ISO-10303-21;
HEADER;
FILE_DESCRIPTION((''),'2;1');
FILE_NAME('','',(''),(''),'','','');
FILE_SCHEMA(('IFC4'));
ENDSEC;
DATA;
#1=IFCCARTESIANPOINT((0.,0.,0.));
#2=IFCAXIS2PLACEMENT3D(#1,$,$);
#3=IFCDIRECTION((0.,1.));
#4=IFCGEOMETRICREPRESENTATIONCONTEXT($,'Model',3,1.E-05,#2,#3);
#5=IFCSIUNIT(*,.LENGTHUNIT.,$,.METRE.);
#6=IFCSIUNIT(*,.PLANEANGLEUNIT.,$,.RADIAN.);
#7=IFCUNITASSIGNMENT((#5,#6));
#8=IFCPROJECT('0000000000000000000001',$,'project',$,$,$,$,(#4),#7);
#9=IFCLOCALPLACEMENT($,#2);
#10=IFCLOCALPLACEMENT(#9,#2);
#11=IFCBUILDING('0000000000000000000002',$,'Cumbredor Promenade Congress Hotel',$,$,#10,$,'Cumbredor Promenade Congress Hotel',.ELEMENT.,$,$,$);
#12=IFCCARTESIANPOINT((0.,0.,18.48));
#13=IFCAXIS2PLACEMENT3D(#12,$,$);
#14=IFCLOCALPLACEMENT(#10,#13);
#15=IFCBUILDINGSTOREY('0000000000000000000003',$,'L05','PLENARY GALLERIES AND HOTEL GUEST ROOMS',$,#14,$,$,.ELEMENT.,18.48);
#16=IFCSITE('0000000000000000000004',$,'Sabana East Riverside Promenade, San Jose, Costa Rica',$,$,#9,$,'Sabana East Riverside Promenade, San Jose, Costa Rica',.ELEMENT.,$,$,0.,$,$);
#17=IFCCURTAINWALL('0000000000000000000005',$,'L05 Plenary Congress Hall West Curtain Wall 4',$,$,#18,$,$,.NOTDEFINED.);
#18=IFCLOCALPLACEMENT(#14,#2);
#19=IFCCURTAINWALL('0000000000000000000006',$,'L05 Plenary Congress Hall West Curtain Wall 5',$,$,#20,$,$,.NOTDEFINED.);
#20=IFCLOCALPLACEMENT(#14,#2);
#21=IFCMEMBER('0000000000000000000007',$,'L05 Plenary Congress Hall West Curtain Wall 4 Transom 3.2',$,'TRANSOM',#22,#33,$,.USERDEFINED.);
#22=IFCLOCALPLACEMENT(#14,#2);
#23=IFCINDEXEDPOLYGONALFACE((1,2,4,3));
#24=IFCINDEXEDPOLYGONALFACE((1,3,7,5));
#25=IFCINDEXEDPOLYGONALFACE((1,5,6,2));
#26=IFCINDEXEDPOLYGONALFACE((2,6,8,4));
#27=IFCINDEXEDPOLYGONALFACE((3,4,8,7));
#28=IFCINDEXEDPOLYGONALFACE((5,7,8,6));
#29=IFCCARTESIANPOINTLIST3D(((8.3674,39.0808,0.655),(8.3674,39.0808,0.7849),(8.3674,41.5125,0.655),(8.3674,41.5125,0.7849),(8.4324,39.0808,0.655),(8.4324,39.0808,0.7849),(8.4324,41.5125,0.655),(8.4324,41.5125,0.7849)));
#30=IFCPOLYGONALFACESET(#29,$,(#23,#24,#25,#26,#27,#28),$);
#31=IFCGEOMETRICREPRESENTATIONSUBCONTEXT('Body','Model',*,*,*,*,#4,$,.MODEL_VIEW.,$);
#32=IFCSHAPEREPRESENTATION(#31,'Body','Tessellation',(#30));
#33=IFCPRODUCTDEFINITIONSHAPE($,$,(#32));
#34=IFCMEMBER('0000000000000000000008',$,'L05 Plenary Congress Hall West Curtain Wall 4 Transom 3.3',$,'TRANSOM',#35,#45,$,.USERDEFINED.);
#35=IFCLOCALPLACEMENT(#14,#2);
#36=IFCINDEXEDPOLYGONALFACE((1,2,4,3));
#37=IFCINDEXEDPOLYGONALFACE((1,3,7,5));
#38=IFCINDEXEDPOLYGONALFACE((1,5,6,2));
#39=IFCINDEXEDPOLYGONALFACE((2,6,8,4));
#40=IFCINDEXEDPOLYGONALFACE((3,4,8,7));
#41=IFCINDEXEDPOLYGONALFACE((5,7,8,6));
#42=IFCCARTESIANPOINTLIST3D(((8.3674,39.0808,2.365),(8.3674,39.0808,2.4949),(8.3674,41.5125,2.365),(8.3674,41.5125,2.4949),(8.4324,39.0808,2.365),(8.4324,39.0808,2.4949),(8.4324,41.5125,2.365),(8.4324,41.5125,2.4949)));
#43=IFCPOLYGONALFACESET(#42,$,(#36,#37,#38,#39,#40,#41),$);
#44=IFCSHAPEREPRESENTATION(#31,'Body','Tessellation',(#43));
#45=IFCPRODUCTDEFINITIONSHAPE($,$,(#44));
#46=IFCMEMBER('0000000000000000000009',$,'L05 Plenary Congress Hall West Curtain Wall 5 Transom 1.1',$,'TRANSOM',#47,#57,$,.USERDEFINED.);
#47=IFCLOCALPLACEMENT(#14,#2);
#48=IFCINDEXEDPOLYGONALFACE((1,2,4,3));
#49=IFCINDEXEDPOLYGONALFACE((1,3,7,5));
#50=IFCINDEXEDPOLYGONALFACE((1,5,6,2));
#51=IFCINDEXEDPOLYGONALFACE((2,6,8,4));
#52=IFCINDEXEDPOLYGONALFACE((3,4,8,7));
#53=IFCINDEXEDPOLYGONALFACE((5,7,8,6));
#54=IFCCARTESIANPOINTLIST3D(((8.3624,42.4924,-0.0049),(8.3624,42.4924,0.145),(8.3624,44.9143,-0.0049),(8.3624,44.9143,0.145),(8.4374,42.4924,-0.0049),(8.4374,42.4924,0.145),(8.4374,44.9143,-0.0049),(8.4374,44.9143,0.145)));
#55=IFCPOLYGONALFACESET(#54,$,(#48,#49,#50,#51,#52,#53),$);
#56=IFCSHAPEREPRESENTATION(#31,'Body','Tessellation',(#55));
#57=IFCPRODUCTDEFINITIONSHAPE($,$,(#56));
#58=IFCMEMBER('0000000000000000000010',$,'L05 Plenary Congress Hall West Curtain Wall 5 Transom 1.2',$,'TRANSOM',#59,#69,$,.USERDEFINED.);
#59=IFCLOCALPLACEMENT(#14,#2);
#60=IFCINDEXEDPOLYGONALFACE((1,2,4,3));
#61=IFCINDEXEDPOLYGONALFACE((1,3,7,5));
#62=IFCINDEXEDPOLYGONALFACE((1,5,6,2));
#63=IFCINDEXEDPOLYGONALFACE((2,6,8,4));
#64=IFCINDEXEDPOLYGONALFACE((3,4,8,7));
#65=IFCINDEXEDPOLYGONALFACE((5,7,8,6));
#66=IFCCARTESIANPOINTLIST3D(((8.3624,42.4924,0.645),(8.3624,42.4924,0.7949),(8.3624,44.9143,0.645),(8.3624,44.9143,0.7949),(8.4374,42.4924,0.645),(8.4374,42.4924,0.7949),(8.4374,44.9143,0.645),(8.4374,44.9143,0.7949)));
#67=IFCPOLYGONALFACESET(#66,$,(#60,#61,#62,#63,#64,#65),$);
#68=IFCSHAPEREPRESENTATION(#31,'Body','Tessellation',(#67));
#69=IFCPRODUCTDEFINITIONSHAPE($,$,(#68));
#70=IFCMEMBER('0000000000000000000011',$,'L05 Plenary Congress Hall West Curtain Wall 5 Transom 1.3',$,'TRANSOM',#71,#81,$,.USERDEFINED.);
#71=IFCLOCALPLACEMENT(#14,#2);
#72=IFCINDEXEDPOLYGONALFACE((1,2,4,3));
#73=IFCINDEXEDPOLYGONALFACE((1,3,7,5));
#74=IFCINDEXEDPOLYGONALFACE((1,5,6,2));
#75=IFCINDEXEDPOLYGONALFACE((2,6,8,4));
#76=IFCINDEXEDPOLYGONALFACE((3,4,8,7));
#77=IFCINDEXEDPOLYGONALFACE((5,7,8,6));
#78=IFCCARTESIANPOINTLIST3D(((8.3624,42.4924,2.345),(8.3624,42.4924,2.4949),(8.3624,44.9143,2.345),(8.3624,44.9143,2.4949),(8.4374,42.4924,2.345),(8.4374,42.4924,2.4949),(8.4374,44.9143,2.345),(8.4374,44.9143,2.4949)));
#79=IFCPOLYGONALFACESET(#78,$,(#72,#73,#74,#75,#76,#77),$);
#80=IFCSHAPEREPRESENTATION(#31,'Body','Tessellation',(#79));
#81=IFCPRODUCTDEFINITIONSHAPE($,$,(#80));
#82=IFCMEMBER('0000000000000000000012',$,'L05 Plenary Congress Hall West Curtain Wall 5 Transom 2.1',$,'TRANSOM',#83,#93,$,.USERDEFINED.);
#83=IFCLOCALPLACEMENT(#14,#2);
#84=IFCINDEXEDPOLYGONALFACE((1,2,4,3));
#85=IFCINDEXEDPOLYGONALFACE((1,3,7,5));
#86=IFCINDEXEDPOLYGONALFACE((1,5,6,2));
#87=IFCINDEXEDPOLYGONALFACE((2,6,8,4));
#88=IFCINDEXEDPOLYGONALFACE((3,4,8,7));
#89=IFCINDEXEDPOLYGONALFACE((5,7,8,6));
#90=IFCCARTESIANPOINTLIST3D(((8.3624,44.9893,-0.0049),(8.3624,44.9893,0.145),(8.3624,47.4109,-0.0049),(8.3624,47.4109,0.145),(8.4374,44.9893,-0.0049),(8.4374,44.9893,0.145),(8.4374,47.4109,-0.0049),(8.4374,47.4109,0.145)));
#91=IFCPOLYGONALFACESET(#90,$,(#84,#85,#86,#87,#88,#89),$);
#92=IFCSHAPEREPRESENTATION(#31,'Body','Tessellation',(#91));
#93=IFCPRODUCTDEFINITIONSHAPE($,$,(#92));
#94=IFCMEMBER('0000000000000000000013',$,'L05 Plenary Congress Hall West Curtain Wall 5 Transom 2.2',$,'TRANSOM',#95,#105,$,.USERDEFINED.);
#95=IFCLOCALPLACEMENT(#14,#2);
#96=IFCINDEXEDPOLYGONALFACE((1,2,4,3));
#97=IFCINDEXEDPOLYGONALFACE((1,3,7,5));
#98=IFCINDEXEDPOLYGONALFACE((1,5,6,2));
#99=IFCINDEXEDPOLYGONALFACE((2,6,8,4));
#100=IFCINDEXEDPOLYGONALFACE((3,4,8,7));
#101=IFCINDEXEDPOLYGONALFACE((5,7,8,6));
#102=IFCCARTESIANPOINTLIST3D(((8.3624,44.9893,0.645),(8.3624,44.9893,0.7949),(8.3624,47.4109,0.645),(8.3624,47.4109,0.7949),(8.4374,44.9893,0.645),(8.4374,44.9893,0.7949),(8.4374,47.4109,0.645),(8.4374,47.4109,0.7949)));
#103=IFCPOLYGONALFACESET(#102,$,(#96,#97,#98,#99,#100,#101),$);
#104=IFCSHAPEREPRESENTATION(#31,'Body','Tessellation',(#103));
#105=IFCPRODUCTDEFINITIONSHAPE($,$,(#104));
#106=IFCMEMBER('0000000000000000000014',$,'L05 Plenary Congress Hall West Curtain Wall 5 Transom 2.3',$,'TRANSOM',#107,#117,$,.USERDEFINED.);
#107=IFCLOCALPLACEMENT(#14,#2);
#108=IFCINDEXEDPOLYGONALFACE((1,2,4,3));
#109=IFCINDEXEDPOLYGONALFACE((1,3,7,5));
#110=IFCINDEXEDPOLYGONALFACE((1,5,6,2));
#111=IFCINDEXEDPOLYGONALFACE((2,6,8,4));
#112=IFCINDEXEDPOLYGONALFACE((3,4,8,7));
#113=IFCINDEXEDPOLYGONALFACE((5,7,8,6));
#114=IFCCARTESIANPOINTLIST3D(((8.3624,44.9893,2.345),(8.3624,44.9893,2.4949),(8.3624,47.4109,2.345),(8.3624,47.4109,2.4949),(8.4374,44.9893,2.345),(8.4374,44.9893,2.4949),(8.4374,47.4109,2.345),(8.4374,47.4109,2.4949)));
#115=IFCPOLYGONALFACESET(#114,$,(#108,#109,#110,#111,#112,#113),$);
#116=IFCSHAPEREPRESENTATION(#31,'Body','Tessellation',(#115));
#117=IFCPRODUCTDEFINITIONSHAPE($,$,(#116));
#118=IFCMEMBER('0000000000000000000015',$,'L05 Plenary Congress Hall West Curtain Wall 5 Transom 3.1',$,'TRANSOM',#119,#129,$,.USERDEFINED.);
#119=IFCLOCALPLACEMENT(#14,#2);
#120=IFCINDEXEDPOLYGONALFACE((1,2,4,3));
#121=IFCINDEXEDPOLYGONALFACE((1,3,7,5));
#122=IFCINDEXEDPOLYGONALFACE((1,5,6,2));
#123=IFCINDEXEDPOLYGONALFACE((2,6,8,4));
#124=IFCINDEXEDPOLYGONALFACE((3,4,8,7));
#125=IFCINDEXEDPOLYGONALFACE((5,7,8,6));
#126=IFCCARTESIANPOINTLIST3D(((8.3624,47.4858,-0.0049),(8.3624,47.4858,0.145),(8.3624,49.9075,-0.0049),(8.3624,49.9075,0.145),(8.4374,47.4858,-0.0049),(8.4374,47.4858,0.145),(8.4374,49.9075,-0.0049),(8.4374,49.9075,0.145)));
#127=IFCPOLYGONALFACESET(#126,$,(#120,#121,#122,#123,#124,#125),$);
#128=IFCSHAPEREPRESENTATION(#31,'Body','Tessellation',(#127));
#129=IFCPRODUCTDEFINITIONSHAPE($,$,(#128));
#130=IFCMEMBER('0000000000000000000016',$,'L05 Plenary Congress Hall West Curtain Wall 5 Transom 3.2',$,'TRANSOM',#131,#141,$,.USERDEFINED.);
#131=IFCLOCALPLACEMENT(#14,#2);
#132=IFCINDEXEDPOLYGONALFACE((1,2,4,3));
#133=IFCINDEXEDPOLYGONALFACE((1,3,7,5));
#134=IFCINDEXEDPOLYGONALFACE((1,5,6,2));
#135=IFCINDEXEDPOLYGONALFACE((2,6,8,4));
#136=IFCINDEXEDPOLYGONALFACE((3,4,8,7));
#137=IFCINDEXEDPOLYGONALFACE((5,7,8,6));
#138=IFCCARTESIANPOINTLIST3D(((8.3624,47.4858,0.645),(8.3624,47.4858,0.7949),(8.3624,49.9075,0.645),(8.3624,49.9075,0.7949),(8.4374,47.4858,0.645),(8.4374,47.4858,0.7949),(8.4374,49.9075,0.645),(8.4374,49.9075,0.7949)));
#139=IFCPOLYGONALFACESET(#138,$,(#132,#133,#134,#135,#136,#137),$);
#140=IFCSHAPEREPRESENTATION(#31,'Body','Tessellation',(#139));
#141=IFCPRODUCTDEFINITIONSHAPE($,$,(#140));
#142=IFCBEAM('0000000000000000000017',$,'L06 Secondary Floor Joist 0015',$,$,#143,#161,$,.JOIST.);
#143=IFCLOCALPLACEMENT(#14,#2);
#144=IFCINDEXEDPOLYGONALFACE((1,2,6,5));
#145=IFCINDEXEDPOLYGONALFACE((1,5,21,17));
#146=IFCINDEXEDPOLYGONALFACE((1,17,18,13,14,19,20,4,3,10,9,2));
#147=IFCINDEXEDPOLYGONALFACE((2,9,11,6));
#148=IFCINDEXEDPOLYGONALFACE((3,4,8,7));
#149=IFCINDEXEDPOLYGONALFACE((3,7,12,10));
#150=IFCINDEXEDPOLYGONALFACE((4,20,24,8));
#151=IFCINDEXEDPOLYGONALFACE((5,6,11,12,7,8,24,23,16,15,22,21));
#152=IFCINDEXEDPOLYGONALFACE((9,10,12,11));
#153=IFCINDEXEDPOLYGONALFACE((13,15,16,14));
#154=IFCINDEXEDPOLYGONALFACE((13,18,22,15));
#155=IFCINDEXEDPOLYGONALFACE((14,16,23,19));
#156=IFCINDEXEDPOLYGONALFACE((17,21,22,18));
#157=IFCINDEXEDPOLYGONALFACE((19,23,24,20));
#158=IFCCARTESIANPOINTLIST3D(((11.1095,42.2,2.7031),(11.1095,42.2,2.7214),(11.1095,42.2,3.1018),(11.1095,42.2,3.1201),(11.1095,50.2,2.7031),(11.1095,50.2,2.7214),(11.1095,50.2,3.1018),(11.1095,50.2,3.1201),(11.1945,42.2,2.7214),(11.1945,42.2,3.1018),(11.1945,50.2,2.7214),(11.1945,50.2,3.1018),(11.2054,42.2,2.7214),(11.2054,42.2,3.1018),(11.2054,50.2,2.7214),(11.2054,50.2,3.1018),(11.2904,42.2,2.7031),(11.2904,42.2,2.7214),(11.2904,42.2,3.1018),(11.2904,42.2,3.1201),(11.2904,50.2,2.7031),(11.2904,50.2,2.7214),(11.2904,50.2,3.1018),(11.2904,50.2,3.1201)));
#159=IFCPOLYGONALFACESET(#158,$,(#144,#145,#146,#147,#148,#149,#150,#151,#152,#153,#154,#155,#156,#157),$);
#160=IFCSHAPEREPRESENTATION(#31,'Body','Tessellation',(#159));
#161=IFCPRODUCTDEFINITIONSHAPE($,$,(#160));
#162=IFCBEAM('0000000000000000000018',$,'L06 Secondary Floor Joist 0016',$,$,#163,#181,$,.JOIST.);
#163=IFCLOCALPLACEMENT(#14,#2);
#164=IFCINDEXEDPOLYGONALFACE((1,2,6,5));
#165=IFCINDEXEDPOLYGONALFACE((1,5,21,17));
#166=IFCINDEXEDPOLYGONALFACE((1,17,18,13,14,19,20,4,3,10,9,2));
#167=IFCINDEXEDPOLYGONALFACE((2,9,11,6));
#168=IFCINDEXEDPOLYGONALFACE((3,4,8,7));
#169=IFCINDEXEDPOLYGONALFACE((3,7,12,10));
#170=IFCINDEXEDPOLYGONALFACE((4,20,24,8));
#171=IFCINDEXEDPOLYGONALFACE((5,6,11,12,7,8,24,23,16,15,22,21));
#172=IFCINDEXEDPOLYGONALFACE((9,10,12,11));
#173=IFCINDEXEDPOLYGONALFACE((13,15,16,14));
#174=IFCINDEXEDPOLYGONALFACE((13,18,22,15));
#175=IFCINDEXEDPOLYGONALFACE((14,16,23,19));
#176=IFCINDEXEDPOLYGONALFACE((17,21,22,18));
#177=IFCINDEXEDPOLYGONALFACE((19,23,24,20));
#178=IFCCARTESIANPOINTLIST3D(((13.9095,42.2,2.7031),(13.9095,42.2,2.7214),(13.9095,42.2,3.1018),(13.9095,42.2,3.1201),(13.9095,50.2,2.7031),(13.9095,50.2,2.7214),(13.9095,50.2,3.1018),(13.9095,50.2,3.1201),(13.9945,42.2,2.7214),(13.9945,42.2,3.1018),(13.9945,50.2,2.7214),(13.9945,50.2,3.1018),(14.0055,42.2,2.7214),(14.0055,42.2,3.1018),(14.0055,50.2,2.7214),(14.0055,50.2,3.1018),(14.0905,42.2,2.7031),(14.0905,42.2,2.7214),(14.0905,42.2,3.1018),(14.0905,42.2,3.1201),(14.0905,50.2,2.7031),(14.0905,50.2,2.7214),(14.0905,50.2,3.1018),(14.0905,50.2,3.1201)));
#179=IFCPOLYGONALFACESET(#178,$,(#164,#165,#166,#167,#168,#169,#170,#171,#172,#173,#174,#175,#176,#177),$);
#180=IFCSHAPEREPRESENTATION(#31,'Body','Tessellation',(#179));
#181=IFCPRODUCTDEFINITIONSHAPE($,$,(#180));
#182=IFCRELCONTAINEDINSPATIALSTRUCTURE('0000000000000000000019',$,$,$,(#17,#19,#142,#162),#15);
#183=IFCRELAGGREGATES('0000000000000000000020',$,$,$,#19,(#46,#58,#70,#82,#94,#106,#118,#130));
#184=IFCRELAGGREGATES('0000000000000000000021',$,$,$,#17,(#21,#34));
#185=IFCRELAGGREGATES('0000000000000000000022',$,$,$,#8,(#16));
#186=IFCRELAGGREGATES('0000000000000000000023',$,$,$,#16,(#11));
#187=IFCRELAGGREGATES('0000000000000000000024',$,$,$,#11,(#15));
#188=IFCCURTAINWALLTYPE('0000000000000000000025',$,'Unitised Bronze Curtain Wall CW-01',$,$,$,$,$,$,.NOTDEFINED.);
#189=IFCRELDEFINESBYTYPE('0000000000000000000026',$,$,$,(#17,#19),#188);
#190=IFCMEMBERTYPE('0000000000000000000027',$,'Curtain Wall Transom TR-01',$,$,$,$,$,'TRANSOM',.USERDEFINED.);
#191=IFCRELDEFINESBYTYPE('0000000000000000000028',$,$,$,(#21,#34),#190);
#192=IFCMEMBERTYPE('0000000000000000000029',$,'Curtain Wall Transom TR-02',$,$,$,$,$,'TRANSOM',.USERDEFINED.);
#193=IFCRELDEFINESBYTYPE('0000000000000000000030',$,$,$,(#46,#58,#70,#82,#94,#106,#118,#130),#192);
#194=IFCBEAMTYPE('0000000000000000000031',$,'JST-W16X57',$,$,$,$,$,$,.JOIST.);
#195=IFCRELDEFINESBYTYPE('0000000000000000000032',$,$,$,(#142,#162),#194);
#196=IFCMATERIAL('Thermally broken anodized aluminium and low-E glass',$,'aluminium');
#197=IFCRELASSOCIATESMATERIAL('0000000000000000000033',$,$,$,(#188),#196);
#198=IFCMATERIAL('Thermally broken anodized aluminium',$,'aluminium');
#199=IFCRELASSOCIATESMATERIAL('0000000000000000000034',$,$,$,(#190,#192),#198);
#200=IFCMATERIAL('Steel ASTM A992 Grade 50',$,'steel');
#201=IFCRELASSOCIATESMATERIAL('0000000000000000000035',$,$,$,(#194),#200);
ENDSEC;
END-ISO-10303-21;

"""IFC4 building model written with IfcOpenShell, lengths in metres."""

from ifc_helpers import new_model, si_unit, direction, frame, origin, origin_2d, place, context, subcontext, project, spatial, rectangle, i_section, extrude, material, material_profile, profile_set, type_object, element, aggregate, save


model = new_model("IFC4")

# Units and contexts
model_context = context("Model", 3, precision=1e-05, world=origin(), true_north=direction((0.0, 1.0)))
body_context = subcontext(model_context, "Body", "Model", "MODEL_VIEW")
ifc_project = project(units=[si_unit("LENGTHUNIT", "METRE"), si_unit("PLANEANGLEUNIT", "RADIAN")], contexts=[model_context])

# Site, building, storey
site_placement = place(None, origin())
site = spatial("IfcSite", under=ifc_project, at=site_placement, Name="Sabana East Riverside Promenade, San Jose, Costa Rica", LongName="Sabana East Riverside Promenade, San Jose, Costa Rica", CompositionType="ELEMENT", RefElevation=0.0)
building_placement = place(site_placement, origin())
building = spatial("IfcBuilding", under=site, at=building_placement, Name="Cumbredor Promenade Congress Hotel", LongName="Cumbredor Promenade Congress Hotel", CompositionType="ELEMENT")
storey_placement = place(building_placement, frame((0.0, 0.0, 18.48)))
storey = spatial("IfcBuildingStorey", under=building, at=storey_placement, Name="L05", Description="PLENARY GALLERIES AND HOTEL GUEST ROOMS", CompositionType="ELEMENT", Elevation=18.48)

# Curtain walls
ifc_material_1 = material(Name="Thermally broken anodized aluminium and low-E glass", Category="aluminium")
curtain_wall_type = type_object("IfcCurtainWallType", Name="Unitised Bronze Curtain Wall CW-01", PredefinedType="NOTDEFINED", material=ifc_material_1)
curtain_wall_1_placement = place(storey_placement, origin())
curtain_wall_1 = element("IfcCurtainWall", 1, at=curtain_wall_1_placement, inside=storey, type_object=curtain_wall_type, Name="L05 Plenary Congress Hall West Curtain Wall 4", PredefinedType="NOTDEFINED")
ifc_material_2 = material(Name="Thermally broken anodized aluminium", Category="aluminium")
curtain_wall_2_placement = place(storey_placement, origin())
curtain_wall_2 = element("IfcCurtainWall", 2, at=curtain_wall_2_placement, inside=storey, type_object=curtain_wall_type, Name="L05 Plenary Congress Hall West Curtain Wall 5", PredefinedType="NOTDEFINED")

# Members
ifc_material_profile_1 = material_profile(ifc_material_2, rectangle(XDim=0.0649, YDim=0.1299, at=origin_2d()), Name="ALU TRANSOM 65x130")
ifc_profile_set_1 = profile_set([ifc_material_profile_1], Name="Thermally broken anodized aluminium")
member_type_1 = type_object("IfcMemberType", Name="Curtain Wall Transom TR-01", ElementType="TRANSOM", PredefinedType="USERDEFINED", material=ifc_profile_set_1)
member_1_placement = place(storey_placement, frame((8.3999, 39.0808, 0.72), z_axis=(0.0, 1.0, 0.0), x_axis=(-1.0, 0.0, 0.0)))
member_1 = element("IfcMember", 3, at=member_1_placement, type_object=member_type_1, Name="L05 Plenary Congress Hall West Curtain Wall 4 Transom 3.2", ObjectType="TRANSOM", PredefinedType="USERDEFINED", context=body_context, shape_type="SweptSolid", body=[
    extrude(rectangle(XDim=0.0649, YDim=0.1299, at=origin_2d()), origin(), (0.0, 0.0, 1.0), 2.4316),
])
member_2_placement = place(storey_placement, frame((8.3999, 39.0808, 2.4299), z_axis=(0.0, 1.0, 0.0), x_axis=(-1.0, 0.0, 0.0)))
member_2 = element("IfcMember", 4, at=member_2_placement, type_object=member_type_1, Name="L05 Plenary Congress Hall West Curtain Wall 4 Transom 3.3", ObjectType="TRANSOM", PredefinedType="USERDEFINED", context=body_context, shape_type="SweptSolid", body=[
    extrude(rectangle(XDim=0.0649, YDim=0.1299, at=origin_2d()), origin(), (0.0, 0.0, 1.0), 2.4316),
])
ifc_material_profile_2 = material_profile(ifc_material_2, rectangle(XDim=0.075, YDim=0.1499, at=origin_2d()), Name="ALU TRANSOM 75x150")
ifc_profile_set_2 = profile_set([ifc_material_profile_2], Name="Thermally broken anodized aluminium")
member_type_2 = type_object("IfcMemberType", Name="Curtain Wall Transom TR-02", ElementType="TRANSOM", PredefinedType="USERDEFINED", material=ifc_profile_set_2)
member_3_placement = place(storey_placement, frame((8.3999, 42.4924, 0.0701), z_axis=(0.0, 1.0, 0.0), x_axis=(-1.0, 0.0, 0.0)))
member_3 = element("IfcMember", 5, at=member_3_placement, type_object=member_type_2, Name="L05 Plenary Congress Hall West Curtain Wall 5 Transom 1.1", ObjectType="TRANSOM", PredefinedType="USERDEFINED", context=body_context, shape_type="SweptSolid", body=[
    extrude(rectangle(XDim=0.075, YDim=0.1499, at=origin_2d()), origin(), (0.0, 0.0, 1.0), 2.4219),
])
member_4_placement = place(storey_placement, frame((8.3999, 42.4924, 0.72), z_axis=(0.0, 1.0, 0.0), x_axis=(-1.0, 0.0, 0.0)))
member_4 = element("IfcMember", 6, at=member_4_placement, type_object=member_type_2, Name="L05 Plenary Congress Hall West Curtain Wall 5 Transom 1.2", ObjectType="TRANSOM", PredefinedType="USERDEFINED", context=body_context, shape_type="SweptSolid", body=[
    extrude(rectangle(XDim=0.075, YDim=0.1499, at=origin_2d()), origin(), (0.0, 0.0, 1.0), 2.4219),
])
member_5_placement = place(storey_placement, frame((8.3999, 42.4924, 2.4199), z_axis=(0.0, 1.0, 0.0), x_axis=(-1.0, 0.0, 0.0)))
member_5 = element("IfcMember", 7, at=member_5_placement, type_object=member_type_2, Name="L05 Plenary Congress Hall West Curtain Wall 5 Transom 1.3", ObjectType="TRANSOM", PredefinedType="USERDEFINED", context=body_context, shape_type="SweptSolid", body=[
    extrude(rectangle(XDim=0.075, YDim=0.1499, at=origin_2d()), origin(), (0.0, 0.0, 1.0), 2.4219),
])
member_6_placement = place(storey_placement, frame((8.3999, 44.9893, 0.0701), z_axis=(0.0, 1.0, 0.0), x_axis=(-1.0, 0.0, 0.0)))
member_6 = element("IfcMember", 8, at=member_6_placement, type_object=member_type_2, Name="L05 Plenary Congress Hall West Curtain Wall 5 Transom 2.1", ObjectType="TRANSOM", PredefinedType="USERDEFINED", context=body_context, shape_type="SweptSolid", body=[
    extrude(rectangle(XDim=0.075, YDim=0.1499, at=origin_2d()), origin(), (0.0, 0.0, 1.0), 2.4216),
])
member_7_placement = place(storey_placement, frame((8.3999, 44.9893, 0.72), z_axis=(0.0, 1.0, 0.0), x_axis=(-1.0, 0.0, 0.0)))
member_7 = element("IfcMember", 9, at=member_7_placement, type_object=member_type_2, Name="L05 Plenary Congress Hall West Curtain Wall 5 Transom 2.2", ObjectType="TRANSOM", PredefinedType="USERDEFINED", context=body_context, shape_type="SweptSolid", body=[
    extrude(rectangle(XDim=0.075, YDim=0.1499, at=origin_2d()), origin(), (0.0, 0.0, 1.0), 2.4216),
])
member_8_placement = place(storey_placement, frame((8.3999, 44.9893, 2.4199), z_axis=(0.0, 1.0, 0.0), x_axis=(-1.0, 0.0, 0.0)))
member_8 = element("IfcMember", 10, at=member_8_placement, type_object=member_type_2, Name="L05 Plenary Congress Hall West Curtain Wall 5 Transom 2.3", ObjectType="TRANSOM", PredefinedType="USERDEFINED", context=body_context, shape_type="SweptSolid", body=[
    extrude(rectangle(XDim=0.075, YDim=0.1499, at=origin_2d()), origin(), (0.0, 0.0, 1.0), 2.4216),
])
member_9_placement = place(storey_placement, frame((8.3999, 47.4858, 0.0701), z_axis=(0.0, 1.0, 0.0), x_axis=(-1.0, 0.0, 0.0)))
member_9 = element("IfcMember", 11, at=member_9_placement, type_object=member_type_2, Name="L05 Plenary Congress Hall West Curtain Wall 5 Transom 3.1", ObjectType="TRANSOM", PredefinedType="USERDEFINED", context=body_context, shape_type="SweptSolid", body=[
    extrude(rectangle(XDim=0.075, YDim=0.1499, at=origin_2d()), origin(), (0.0, 0.0, 1.0), 2.4216),
])
member_10_placement = place(storey_placement, frame((8.3999, 47.4858, 0.72), z_axis=(0.0, 1.0, 0.0), x_axis=(-1.0, 0.0, 0.0)))
member_10 = element("IfcMember", 12, at=member_10_placement, type_object=member_type_2, Name="L05 Plenary Congress Hall West Curtain Wall 5 Transom 3.2", ObjectType="TRANSOM", PredefinedType="USERDEFINED", context=body_context, shape_type="SweptSolid", body=[
    extrude(rectangle(XDim=0.075, YDim=0.1499, at=origin_2d()), origin(), (0.0, 0.0, 1.0), 2.4216),
])

# Beams
ifc_material_3 = material(Name="Steel ASTM A992 Grade 50", Category="steel")
ifc_material_profile_3 = material_profile(ifc_material_3, i_section(OverallWidth=0.1809, OverallDepth=0.417, WebThickness=0.011, FlangeThickness=0.0183, at=origin_2d()), Name="W16X57")
ifc_profile_set_3 = profile_set([ifc_material_profile_3], Name="Steel ASTM A992 Grade 50")
beam_type_1 = type_object("IfcBeamType", Name="JST-W16X57", PredefinedType="JOIST", material=ifc_profile_set_3)
for number, where, z_axis, x_axis, name in (
    (13, (11.2, 42.2, 2.9116), (0.0, 1.0, 0.0), (-1.0, 0.0, 0.0), "L06 Secondary Floor Joist 0015"),
    (14, (14.0, 42.2, 2.9116), (0.0, 1.0, 0.0), (-1.0, 0.0, 0.0), "L06 Secondary Floor Joist 0016"),
):
    element("IfcBeam", number, at=place(storey_placement, frame(where, z_axis=z_axis, x_axis=x_axis)), inside=storey, type_object=beam_type_1, Name=name, PredefinedType="JOIST", context=body_context, shape_type="SweptSolid", body=[
        extrude(i_section(OverallWidth=0.1809, OverallDepth=0.417, WebThickness=0.011, FlangeThickness=0.0183, at=origin_2d()), origin(), (0.0, 0.0, 1.0), 8.0),
    ])

aggregate(curtain_wall_2, [member_3, member_4, member_5, member_6, member_7, member_8, member_9, member_10])
aggregate(curtain_wall_1, [member_1, member_2])

save(model, "model.ifc")
